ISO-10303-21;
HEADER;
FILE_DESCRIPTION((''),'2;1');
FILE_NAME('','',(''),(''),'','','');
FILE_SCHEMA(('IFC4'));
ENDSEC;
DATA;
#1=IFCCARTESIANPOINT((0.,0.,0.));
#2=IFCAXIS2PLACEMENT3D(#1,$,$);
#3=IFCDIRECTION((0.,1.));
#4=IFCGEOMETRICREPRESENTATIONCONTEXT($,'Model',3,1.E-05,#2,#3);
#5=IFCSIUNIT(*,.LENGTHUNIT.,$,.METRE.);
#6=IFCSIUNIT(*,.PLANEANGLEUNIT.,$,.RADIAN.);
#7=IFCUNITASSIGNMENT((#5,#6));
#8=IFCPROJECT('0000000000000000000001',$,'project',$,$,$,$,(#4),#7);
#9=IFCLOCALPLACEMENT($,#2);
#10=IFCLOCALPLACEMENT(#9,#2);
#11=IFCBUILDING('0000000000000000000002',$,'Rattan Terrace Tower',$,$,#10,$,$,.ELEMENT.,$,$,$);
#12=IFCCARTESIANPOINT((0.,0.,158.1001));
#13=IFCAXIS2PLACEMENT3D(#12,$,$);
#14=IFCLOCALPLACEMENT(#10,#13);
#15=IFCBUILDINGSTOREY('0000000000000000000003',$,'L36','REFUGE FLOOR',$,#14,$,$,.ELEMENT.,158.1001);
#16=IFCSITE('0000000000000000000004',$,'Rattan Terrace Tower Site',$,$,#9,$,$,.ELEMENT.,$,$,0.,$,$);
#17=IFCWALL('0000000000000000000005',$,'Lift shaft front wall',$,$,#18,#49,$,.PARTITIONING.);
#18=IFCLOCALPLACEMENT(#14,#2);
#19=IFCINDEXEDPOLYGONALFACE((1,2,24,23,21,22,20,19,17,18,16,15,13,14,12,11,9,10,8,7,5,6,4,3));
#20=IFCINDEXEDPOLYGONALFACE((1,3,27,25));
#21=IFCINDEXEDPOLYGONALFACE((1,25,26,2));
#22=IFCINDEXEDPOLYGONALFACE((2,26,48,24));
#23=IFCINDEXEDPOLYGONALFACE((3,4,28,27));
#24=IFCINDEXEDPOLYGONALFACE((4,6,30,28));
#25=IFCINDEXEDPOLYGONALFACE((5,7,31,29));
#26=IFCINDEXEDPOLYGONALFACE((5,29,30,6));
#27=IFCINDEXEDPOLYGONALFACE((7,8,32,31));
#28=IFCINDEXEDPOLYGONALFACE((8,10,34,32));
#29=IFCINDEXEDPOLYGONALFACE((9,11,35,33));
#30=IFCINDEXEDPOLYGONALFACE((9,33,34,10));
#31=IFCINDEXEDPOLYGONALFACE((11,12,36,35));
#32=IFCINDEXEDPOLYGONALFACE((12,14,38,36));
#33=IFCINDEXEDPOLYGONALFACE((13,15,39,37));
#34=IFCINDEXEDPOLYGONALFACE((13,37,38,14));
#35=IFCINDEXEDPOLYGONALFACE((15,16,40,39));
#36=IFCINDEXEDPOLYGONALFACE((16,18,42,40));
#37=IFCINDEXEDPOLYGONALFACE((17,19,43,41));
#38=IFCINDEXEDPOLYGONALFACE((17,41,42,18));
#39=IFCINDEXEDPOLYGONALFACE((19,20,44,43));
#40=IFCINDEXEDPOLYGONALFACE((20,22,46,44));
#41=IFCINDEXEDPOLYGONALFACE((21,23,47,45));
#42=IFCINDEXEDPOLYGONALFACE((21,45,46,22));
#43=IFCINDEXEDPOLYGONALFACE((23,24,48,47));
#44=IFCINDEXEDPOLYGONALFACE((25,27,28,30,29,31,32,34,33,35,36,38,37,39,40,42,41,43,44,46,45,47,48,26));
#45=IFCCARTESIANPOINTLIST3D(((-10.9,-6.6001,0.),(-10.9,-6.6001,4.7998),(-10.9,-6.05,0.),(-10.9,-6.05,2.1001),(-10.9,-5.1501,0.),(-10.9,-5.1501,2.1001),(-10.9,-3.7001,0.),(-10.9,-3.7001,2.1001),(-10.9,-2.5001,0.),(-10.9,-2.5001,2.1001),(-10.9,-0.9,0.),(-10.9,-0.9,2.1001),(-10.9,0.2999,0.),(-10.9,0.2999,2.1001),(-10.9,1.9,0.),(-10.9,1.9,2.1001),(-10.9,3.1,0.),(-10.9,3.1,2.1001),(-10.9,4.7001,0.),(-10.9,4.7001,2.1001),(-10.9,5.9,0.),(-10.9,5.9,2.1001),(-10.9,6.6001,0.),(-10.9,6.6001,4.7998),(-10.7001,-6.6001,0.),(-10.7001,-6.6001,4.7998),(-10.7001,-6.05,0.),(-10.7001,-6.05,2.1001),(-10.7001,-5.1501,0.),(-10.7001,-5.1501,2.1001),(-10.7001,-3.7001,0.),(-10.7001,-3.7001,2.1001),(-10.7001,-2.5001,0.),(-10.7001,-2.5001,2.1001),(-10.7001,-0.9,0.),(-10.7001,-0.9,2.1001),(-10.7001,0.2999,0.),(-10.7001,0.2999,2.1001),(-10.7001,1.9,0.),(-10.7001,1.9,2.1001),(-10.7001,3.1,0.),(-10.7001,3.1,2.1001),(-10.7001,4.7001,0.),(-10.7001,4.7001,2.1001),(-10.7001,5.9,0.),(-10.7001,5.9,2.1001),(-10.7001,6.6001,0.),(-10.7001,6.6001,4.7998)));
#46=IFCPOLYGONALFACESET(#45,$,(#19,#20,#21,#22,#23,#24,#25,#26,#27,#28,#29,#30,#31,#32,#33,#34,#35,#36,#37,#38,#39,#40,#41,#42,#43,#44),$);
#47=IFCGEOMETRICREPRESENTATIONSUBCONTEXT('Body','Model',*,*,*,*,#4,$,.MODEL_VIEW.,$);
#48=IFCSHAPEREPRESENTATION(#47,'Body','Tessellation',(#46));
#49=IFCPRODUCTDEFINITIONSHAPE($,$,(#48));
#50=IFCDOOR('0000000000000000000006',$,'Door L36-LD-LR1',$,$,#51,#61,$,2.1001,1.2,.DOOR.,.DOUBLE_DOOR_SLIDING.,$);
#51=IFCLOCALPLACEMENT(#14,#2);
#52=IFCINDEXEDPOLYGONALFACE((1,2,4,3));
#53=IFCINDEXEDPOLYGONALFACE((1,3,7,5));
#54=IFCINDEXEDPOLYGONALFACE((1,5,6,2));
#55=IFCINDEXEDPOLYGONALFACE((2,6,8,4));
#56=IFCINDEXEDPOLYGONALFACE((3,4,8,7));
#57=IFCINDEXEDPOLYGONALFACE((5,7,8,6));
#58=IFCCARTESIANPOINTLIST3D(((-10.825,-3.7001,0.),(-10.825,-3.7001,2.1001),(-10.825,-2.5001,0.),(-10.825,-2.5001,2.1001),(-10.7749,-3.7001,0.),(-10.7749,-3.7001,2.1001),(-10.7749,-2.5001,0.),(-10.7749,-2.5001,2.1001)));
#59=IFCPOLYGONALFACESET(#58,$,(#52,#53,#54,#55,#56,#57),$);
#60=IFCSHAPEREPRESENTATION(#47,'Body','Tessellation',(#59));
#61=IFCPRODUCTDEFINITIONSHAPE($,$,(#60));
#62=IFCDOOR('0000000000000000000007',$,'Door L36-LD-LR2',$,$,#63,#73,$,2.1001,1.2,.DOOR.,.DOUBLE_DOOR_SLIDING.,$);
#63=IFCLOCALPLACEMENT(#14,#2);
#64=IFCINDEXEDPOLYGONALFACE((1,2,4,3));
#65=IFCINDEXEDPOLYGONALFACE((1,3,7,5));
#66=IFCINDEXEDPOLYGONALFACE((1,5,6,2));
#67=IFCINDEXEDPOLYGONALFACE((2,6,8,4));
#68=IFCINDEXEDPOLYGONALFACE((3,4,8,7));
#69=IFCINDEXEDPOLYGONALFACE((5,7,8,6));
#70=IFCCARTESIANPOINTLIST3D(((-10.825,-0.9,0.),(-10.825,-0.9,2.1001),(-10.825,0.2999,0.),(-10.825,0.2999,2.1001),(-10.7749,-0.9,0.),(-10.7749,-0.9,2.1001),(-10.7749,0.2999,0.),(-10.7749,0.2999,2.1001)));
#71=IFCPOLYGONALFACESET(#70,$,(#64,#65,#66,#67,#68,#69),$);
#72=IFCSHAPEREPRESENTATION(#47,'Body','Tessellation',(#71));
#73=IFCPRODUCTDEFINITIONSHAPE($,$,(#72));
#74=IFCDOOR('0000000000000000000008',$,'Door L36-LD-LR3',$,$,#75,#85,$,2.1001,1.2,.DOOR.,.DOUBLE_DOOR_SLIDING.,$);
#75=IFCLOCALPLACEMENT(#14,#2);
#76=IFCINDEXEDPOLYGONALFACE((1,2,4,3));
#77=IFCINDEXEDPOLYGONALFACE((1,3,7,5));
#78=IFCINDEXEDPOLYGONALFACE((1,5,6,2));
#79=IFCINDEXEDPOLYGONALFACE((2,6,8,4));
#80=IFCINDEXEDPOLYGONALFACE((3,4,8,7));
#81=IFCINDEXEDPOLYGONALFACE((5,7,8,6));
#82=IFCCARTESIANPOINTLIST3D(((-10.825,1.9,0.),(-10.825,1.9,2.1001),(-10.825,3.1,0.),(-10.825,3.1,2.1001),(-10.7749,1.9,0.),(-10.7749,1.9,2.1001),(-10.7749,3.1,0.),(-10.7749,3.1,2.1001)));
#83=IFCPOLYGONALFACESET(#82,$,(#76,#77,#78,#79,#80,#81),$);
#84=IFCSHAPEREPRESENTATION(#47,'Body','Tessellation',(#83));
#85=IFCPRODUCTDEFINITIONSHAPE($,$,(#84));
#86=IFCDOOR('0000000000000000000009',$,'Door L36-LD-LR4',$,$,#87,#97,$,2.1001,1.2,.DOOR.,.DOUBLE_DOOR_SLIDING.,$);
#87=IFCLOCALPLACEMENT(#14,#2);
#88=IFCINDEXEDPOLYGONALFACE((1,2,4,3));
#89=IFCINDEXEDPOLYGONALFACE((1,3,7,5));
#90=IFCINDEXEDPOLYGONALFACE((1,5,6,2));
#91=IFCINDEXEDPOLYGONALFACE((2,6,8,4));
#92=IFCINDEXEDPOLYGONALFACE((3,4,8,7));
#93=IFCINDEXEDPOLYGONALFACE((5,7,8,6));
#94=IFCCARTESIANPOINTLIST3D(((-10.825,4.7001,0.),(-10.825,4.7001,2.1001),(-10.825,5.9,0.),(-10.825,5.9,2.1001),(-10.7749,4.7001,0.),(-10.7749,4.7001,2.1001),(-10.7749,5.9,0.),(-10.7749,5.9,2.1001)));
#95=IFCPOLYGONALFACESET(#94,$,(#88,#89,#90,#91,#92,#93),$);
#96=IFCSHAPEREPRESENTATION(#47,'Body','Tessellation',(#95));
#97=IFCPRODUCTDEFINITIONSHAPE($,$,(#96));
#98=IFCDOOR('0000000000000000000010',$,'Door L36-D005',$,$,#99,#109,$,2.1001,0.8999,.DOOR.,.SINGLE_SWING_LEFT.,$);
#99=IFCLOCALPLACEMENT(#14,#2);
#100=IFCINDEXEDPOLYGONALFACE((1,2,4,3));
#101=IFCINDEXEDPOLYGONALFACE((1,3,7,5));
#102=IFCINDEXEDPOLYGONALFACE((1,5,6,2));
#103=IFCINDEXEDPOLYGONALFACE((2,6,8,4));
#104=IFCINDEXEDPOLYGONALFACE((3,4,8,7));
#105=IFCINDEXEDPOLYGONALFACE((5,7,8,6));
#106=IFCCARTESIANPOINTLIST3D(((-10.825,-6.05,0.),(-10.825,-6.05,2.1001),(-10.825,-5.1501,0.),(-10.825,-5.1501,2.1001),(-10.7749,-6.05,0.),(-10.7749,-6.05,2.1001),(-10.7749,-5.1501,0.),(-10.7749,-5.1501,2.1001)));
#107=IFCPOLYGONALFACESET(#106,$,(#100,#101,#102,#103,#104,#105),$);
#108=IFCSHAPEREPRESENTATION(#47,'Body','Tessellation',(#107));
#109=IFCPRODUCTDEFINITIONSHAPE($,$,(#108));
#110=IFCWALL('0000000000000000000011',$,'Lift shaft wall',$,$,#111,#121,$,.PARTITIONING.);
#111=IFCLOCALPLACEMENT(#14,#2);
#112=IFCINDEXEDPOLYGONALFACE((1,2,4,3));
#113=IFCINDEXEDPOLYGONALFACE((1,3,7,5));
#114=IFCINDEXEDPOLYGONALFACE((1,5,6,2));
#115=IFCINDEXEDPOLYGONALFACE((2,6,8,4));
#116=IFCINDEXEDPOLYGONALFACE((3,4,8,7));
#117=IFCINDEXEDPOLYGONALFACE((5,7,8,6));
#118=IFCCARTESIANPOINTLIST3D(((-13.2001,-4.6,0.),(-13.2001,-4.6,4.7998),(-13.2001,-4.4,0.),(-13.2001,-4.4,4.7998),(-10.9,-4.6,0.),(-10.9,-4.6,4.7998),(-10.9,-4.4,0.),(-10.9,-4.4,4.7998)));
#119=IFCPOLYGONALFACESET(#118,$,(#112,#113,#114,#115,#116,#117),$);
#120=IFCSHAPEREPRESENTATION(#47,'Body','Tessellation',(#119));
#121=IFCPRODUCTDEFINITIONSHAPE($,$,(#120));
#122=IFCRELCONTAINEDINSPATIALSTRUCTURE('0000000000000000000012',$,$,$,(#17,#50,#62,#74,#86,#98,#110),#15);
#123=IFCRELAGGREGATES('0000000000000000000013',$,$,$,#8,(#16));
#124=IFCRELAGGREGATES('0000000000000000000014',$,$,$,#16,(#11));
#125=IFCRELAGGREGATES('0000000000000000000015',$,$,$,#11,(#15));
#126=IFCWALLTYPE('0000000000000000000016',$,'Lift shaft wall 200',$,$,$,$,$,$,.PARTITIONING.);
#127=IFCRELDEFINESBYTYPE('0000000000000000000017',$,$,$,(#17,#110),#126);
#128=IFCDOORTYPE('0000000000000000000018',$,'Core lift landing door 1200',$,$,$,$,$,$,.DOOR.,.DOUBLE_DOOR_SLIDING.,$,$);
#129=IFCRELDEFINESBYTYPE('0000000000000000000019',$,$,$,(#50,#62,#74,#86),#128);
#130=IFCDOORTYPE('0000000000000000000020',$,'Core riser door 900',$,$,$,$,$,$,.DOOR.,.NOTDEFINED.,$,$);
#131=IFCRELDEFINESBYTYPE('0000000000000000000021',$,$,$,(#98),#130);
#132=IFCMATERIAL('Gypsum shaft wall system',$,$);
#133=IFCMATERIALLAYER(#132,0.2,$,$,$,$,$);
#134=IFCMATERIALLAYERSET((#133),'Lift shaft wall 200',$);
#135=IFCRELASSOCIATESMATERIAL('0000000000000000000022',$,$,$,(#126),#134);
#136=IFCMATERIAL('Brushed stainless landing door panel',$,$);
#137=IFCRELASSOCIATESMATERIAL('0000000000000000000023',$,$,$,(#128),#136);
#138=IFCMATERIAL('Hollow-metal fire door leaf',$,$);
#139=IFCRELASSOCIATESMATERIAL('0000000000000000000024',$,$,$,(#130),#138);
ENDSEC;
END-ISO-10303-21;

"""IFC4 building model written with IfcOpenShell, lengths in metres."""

from ifc_helpers import new_model, si_unit, direction, frame, frame_2d, origin, place, context, subcontext, project, spatial, rectangle, extrude, material, layer, layer_set, type_object, element, fill, save


model = new_model("IFC4")

# Units and contexts
model_context = context("Model", 3, precision=1e-05, world=origin(), true_north=direction((0.0, 1.0)))
body_context = subcontext(model_context, "Body", "Model", "MODEL_VIEW")
ifc_project = project(units=[si_unit("LENGTHUNIT", "METRE"), si_unit("PLANEANGLEUNIT", "RADIAN")], contexts=[model_context])

# Site, building, storey
site_placement = place(None, origin())
site = spatial("IfcSite", under=ifc_project, at=site_placement, Name="Rattan Terrace Tower Site", CompositionType="ELEMENT", RefElevation=0.0)
building_placement = place(site_placement, origin())
building = spatial("IfcBuilding", under=site, at=building_placement, Name="Rattan Terrace Tower", CompositionType="ELEMENT")
storey_placement = place(building_placement, frame((0.0, 0.0, 158.1001)))
storey = spatial("IfcBuildingStorey", under=building, at=storey_placement, Name="L36", Description="REFUGE FLOOR", CompositionType="ELEMENT", Elevation=158.1001)

# Wall, openings, doors
ifc_material_1 = material(Name="Gypsum shaft wall system")
ifc_layer_1 = layer(ifc_material_1, 0.2)
ifc_layer_set_1 = layer_set([ifc_layer_1], Name="Lift shaft wall 200")
wall_type_1 = type_object("IfcWallType", Name="Lift shaft wall 200", PredefinedType="PARTITIONING", material=ifc_layer_set_1)
wall_1_placement = place(storey_placement, frame((-10.8, -6.6001, 0.0), z_axis=(0.0, 0.0, 1.0), x_axis=(0.0, 1.0, 0.0)))
wall_1 = element("IfcWall", 1, at=wall_1_placement, inside=storey, type_object=wall_type_1, Name="Lift shaft front wall", PredefinedType="PARTITIONING", context=body_context, shape_type="SweptSolid", body=[
    extrude(rectangle(XDim=13.2002, YDim=0.2, at=frame_2d((6.6001, 0.0))), origin(), (0.0, 0.0, 1.0), 4.7998),
])
opening_1_placement = place(wall_1_placement, frame((0.55, 0.0, 0.0)))
opening_1 = element("IfcOpeningElement", 2, at=opening_1_placement, cuts=wall_1, PredefinedType="OPENING", context=body_context, shape_type="SweptSolid", body=[
    extrude(rectangle(XDim=0.8999, YDim=2.1001, at=frame_2d((0.45, 1.05))), frame((0.0, 0.1106, 0.0), z_axis=(0.0, -1.0, 0.0), x_axis=(1.0, 0.0, 0.0)), (0.0, 0.0, 1.0), 0.2209),
])
opening_2_placement = place(wall_1_placement, frame((2.8999, 0.0, 0.0)))
opening_2 = element("IfcOpeningElement", 3, at=opening_2_placement, cuts=wall_1, PredefinedType="OPENING", context=body_context, shape_type="SweptSolid", body=[
    extrude(rectangle(XDim=1.2, YDim=2.1001, at=frame_2d((0.6001, 1.05))), frame((0.0, 0.1106, 0.0), z_axis=(0.0, -1.0, 0.0), x_axis=(1.0, 0.0, 0.0)), (0.0, 0.0, 1.0), 0.2209),
])
opening_3_placement = place(wall_1_placement, frame((5.7, 0.0, 0.0)))
opening_3 = element("IfcOpeningElement", 4, at=opening_3_placement, cuts=wall_1, PredefinedType="OPENING", context=body_context, shape_type="SweptSolid", body=[
    extrude(rectangle(XDim=1.2, YDim=2.1001, at=frame_2d((0.6001, 1.05))), frame((0.0, 0.1106, 0.0), z_axis=(0.0, -1.0, 0.0), x_axis=(1.0, 0.0, 0.0)), (0.0, 0.0, 1.0), 0.2209),
])
opening_4_placement = place(wall_1_placement, frame((8.5, 0.0, 0.0)))
opening_4 = element("IfcOpeningElement", 5, at=opening_4_placement, cuts=wall_1, PredefinedType="OPENING", context=body_context, shape_type="SweptSolid", body=[
    extrude(rectangle(XDim=1.2, YDim=2.1001, at=frame_2d((0.6001, 1.05))), frame((0.0, 0.1106, 0.0), z_axis=(0.0, -1.0, 0.0), x_axis=(1.0, 0.0, 0.0)), (0.0, 0.0, 1.0), 0.2209),
])
opening_5_placement = place(wall_1_placement, frame((11.3, 0.0, 0.0)))
opening_5 = element("IfcOpeningElement", 6, at=opening_5_placement, cuts=wall_1, PredefinedType="OPENING", context=body_context, shape_type="SweptSolid", body=[
    extrude(rectangle(XDim=1.2, YDim=2.1001, at=frame_2d((0.6001, 1.05))), frame((0.0, 0.1106, 0.0), z_axis=(0.0, -1.0, 0.0), x_axis=(1.0, 0.0, 0.0)), (0.0, 0.0, 1.0), 0.2209),
])
ifc_material_2 = material(Name="Brushed stainless landing door panel")
door_type_1 = type_object("IfcDoorType", Name="Core lift landing door 1200", OperationType="DOUBLE_DOOR_SLIDING", PredefinedType="DOOR", material=ifc_material_2)
door_1_placement = place(opening_2_placement, origin())
door_1 = element("IfcDoor", 7, at=door_1_placement, inside=storey, type_object=door_type_1, Name="Door L36-LD-LR1", OperationType="DOUBLE_DOOR_SLIDING", OverallHeight=2.1001, OverallWidth=1.2, PredefinedType="DOOR", context=body_context, shape_type="SweptSolid", body=[
    extrude(rectangle(XDim=1.2, YDim=2.1001, at=frame_2d((0.6001, 1.05))), frame((0.0, 0.0249, 0.0), z_axis=(0.0, -1.0, 0.0), x_axis=(1.0, 0.0, 0.0)), (0.0, 0.0, 1.0), 0.05),
])
fill(opening_2, door_1)
door_2_placement = place(opening_3_placement, origin())
door_2 = element("IfcDoor", 8, at=door_2_placement, inside=storey, type_object=door_type_1, Name="Door L36-LD-LR2", OperationType="DOUBLE_DOOR_SLIDING", OverallHeight=2.1001, OverallWidth=1.2, PredefinedType="DOOR", context=body_context, shape_type="SweptSolid", body=[
    extrude(rectangle(XDim=1.2, YDim=2.1001, at=frame_2d((0.6001, 1.05))), frame((0.0, 0.0249, 0.0), z_axis=(0.0, -1.0, 0.0), x_axis=(1.0, 0.0, 0.0)), (0.0, 0.0, 1.0), 0.05),
])
fill(opening_3, door_2)
door_3_placement = place(opening_4_placement, origin())
door_3 = element("IfcDoor", 9, at=door_3_placement, inside=storey, type_object=door_type_1, Name="Door L36-LD-LR3", OperationType="DOUBLE_DOOR_SLIDING", OverallHeight=2.1001, OverallWidth=1.2, PredefinedType="DOOR", context=body_context, shape_type="SweptSolid", body=[
    extrude(rectangle(XDim=1.2, YDim=2.1001, at=frame_2d((0.6001, 1.05))), frame((0.0, 0.0249, 0.0), z_axis=(0.0, -1.0, 0.0), x_axis=(1.0, 0.0, 0.0)), (0.0, 0.0, 1.0), 0.05),
])
fill(opening_4, door_3)
door_4_placement = place(opening_5_placement, origin())
door_4 = element("IfcDoor", 10, at=door_4_placement, inside=storey, type_object=door_type_1, Name="Door L36-LD-LR4", OperationType="DOUBLE_DOOR_SLIDING", OverallHeight=2.1001, OverallWidth=1.2, PredefinedType="DOOR", context=body_context, shape_type="SweptSolid", body=[
    extrude(rectangle(XDim=1.2, YDim=2.1001, at=frame_2d((0.6001, 1.05))), frame((0.0, 0.0249, 0.0), z_axis=(0.0, -1.0, 0.0), x_axis=(1.0, 0.0, 0.0)), (0.0, 0.0, 1.0), 0.05),
])
fill(opening_5, door_4)
ifc_material_3 = material(Name="Hollow-metal fire door leaf")
door_type_2 = type_object("IfcDoorType", Name="Core riser door 900", OperationType="NOTDEFINED", PredefinedType="DOOR", material=ifc_material_3)
door_5_placement = place(opening_1_placement, origin())
door_5 = element("IfcDoor", 11, at=door_5_placement, inside=storey, type_object=door_type_2, Name="Door L36-D005", OperationType="SINGLE_SWING_LEFT", OverallHeight=2.1001, OverallWidth=0.8999, PredefinedType="DOOR", context=body_context, shape_type="SweptSolid", body=[
    extrude(rectangle(XDim=0.8999, YDim=2.1001, at=frame_2d((0.45, 1.05))), frame((0.0, 0.0249, 0.0), z_axis=(0.0, -1.0, 0.0), x_axis=(1.0, 0.0, 0.0)), (0.0, 0.0, 1.0), 0.05),
])
fill(opening_1, door_5)

# Wall
wall_2_placement = place(storey_placement, frame((-13.2, -4.5, 0.0), z_axis=(0.0, 0.0, 1.0), x_axis=(1.0, 0.0, 0.0)))
element("IfcWall", 12, at=wall_2_placement, inside=storey, type_object=wall_type_1, Name="Lift shaft wall", PredefinedType="PARTITIONING", context=body_context, shape_type="SweptSolid", body=[
    extrude(rectangle(XDim=2.3, YDim=0.2, at=frame_2d((1.1499, 0.0))), origin(), (0.0, 0.0, 1.0), 4.7998),
])

save(model, "model.ifc")
